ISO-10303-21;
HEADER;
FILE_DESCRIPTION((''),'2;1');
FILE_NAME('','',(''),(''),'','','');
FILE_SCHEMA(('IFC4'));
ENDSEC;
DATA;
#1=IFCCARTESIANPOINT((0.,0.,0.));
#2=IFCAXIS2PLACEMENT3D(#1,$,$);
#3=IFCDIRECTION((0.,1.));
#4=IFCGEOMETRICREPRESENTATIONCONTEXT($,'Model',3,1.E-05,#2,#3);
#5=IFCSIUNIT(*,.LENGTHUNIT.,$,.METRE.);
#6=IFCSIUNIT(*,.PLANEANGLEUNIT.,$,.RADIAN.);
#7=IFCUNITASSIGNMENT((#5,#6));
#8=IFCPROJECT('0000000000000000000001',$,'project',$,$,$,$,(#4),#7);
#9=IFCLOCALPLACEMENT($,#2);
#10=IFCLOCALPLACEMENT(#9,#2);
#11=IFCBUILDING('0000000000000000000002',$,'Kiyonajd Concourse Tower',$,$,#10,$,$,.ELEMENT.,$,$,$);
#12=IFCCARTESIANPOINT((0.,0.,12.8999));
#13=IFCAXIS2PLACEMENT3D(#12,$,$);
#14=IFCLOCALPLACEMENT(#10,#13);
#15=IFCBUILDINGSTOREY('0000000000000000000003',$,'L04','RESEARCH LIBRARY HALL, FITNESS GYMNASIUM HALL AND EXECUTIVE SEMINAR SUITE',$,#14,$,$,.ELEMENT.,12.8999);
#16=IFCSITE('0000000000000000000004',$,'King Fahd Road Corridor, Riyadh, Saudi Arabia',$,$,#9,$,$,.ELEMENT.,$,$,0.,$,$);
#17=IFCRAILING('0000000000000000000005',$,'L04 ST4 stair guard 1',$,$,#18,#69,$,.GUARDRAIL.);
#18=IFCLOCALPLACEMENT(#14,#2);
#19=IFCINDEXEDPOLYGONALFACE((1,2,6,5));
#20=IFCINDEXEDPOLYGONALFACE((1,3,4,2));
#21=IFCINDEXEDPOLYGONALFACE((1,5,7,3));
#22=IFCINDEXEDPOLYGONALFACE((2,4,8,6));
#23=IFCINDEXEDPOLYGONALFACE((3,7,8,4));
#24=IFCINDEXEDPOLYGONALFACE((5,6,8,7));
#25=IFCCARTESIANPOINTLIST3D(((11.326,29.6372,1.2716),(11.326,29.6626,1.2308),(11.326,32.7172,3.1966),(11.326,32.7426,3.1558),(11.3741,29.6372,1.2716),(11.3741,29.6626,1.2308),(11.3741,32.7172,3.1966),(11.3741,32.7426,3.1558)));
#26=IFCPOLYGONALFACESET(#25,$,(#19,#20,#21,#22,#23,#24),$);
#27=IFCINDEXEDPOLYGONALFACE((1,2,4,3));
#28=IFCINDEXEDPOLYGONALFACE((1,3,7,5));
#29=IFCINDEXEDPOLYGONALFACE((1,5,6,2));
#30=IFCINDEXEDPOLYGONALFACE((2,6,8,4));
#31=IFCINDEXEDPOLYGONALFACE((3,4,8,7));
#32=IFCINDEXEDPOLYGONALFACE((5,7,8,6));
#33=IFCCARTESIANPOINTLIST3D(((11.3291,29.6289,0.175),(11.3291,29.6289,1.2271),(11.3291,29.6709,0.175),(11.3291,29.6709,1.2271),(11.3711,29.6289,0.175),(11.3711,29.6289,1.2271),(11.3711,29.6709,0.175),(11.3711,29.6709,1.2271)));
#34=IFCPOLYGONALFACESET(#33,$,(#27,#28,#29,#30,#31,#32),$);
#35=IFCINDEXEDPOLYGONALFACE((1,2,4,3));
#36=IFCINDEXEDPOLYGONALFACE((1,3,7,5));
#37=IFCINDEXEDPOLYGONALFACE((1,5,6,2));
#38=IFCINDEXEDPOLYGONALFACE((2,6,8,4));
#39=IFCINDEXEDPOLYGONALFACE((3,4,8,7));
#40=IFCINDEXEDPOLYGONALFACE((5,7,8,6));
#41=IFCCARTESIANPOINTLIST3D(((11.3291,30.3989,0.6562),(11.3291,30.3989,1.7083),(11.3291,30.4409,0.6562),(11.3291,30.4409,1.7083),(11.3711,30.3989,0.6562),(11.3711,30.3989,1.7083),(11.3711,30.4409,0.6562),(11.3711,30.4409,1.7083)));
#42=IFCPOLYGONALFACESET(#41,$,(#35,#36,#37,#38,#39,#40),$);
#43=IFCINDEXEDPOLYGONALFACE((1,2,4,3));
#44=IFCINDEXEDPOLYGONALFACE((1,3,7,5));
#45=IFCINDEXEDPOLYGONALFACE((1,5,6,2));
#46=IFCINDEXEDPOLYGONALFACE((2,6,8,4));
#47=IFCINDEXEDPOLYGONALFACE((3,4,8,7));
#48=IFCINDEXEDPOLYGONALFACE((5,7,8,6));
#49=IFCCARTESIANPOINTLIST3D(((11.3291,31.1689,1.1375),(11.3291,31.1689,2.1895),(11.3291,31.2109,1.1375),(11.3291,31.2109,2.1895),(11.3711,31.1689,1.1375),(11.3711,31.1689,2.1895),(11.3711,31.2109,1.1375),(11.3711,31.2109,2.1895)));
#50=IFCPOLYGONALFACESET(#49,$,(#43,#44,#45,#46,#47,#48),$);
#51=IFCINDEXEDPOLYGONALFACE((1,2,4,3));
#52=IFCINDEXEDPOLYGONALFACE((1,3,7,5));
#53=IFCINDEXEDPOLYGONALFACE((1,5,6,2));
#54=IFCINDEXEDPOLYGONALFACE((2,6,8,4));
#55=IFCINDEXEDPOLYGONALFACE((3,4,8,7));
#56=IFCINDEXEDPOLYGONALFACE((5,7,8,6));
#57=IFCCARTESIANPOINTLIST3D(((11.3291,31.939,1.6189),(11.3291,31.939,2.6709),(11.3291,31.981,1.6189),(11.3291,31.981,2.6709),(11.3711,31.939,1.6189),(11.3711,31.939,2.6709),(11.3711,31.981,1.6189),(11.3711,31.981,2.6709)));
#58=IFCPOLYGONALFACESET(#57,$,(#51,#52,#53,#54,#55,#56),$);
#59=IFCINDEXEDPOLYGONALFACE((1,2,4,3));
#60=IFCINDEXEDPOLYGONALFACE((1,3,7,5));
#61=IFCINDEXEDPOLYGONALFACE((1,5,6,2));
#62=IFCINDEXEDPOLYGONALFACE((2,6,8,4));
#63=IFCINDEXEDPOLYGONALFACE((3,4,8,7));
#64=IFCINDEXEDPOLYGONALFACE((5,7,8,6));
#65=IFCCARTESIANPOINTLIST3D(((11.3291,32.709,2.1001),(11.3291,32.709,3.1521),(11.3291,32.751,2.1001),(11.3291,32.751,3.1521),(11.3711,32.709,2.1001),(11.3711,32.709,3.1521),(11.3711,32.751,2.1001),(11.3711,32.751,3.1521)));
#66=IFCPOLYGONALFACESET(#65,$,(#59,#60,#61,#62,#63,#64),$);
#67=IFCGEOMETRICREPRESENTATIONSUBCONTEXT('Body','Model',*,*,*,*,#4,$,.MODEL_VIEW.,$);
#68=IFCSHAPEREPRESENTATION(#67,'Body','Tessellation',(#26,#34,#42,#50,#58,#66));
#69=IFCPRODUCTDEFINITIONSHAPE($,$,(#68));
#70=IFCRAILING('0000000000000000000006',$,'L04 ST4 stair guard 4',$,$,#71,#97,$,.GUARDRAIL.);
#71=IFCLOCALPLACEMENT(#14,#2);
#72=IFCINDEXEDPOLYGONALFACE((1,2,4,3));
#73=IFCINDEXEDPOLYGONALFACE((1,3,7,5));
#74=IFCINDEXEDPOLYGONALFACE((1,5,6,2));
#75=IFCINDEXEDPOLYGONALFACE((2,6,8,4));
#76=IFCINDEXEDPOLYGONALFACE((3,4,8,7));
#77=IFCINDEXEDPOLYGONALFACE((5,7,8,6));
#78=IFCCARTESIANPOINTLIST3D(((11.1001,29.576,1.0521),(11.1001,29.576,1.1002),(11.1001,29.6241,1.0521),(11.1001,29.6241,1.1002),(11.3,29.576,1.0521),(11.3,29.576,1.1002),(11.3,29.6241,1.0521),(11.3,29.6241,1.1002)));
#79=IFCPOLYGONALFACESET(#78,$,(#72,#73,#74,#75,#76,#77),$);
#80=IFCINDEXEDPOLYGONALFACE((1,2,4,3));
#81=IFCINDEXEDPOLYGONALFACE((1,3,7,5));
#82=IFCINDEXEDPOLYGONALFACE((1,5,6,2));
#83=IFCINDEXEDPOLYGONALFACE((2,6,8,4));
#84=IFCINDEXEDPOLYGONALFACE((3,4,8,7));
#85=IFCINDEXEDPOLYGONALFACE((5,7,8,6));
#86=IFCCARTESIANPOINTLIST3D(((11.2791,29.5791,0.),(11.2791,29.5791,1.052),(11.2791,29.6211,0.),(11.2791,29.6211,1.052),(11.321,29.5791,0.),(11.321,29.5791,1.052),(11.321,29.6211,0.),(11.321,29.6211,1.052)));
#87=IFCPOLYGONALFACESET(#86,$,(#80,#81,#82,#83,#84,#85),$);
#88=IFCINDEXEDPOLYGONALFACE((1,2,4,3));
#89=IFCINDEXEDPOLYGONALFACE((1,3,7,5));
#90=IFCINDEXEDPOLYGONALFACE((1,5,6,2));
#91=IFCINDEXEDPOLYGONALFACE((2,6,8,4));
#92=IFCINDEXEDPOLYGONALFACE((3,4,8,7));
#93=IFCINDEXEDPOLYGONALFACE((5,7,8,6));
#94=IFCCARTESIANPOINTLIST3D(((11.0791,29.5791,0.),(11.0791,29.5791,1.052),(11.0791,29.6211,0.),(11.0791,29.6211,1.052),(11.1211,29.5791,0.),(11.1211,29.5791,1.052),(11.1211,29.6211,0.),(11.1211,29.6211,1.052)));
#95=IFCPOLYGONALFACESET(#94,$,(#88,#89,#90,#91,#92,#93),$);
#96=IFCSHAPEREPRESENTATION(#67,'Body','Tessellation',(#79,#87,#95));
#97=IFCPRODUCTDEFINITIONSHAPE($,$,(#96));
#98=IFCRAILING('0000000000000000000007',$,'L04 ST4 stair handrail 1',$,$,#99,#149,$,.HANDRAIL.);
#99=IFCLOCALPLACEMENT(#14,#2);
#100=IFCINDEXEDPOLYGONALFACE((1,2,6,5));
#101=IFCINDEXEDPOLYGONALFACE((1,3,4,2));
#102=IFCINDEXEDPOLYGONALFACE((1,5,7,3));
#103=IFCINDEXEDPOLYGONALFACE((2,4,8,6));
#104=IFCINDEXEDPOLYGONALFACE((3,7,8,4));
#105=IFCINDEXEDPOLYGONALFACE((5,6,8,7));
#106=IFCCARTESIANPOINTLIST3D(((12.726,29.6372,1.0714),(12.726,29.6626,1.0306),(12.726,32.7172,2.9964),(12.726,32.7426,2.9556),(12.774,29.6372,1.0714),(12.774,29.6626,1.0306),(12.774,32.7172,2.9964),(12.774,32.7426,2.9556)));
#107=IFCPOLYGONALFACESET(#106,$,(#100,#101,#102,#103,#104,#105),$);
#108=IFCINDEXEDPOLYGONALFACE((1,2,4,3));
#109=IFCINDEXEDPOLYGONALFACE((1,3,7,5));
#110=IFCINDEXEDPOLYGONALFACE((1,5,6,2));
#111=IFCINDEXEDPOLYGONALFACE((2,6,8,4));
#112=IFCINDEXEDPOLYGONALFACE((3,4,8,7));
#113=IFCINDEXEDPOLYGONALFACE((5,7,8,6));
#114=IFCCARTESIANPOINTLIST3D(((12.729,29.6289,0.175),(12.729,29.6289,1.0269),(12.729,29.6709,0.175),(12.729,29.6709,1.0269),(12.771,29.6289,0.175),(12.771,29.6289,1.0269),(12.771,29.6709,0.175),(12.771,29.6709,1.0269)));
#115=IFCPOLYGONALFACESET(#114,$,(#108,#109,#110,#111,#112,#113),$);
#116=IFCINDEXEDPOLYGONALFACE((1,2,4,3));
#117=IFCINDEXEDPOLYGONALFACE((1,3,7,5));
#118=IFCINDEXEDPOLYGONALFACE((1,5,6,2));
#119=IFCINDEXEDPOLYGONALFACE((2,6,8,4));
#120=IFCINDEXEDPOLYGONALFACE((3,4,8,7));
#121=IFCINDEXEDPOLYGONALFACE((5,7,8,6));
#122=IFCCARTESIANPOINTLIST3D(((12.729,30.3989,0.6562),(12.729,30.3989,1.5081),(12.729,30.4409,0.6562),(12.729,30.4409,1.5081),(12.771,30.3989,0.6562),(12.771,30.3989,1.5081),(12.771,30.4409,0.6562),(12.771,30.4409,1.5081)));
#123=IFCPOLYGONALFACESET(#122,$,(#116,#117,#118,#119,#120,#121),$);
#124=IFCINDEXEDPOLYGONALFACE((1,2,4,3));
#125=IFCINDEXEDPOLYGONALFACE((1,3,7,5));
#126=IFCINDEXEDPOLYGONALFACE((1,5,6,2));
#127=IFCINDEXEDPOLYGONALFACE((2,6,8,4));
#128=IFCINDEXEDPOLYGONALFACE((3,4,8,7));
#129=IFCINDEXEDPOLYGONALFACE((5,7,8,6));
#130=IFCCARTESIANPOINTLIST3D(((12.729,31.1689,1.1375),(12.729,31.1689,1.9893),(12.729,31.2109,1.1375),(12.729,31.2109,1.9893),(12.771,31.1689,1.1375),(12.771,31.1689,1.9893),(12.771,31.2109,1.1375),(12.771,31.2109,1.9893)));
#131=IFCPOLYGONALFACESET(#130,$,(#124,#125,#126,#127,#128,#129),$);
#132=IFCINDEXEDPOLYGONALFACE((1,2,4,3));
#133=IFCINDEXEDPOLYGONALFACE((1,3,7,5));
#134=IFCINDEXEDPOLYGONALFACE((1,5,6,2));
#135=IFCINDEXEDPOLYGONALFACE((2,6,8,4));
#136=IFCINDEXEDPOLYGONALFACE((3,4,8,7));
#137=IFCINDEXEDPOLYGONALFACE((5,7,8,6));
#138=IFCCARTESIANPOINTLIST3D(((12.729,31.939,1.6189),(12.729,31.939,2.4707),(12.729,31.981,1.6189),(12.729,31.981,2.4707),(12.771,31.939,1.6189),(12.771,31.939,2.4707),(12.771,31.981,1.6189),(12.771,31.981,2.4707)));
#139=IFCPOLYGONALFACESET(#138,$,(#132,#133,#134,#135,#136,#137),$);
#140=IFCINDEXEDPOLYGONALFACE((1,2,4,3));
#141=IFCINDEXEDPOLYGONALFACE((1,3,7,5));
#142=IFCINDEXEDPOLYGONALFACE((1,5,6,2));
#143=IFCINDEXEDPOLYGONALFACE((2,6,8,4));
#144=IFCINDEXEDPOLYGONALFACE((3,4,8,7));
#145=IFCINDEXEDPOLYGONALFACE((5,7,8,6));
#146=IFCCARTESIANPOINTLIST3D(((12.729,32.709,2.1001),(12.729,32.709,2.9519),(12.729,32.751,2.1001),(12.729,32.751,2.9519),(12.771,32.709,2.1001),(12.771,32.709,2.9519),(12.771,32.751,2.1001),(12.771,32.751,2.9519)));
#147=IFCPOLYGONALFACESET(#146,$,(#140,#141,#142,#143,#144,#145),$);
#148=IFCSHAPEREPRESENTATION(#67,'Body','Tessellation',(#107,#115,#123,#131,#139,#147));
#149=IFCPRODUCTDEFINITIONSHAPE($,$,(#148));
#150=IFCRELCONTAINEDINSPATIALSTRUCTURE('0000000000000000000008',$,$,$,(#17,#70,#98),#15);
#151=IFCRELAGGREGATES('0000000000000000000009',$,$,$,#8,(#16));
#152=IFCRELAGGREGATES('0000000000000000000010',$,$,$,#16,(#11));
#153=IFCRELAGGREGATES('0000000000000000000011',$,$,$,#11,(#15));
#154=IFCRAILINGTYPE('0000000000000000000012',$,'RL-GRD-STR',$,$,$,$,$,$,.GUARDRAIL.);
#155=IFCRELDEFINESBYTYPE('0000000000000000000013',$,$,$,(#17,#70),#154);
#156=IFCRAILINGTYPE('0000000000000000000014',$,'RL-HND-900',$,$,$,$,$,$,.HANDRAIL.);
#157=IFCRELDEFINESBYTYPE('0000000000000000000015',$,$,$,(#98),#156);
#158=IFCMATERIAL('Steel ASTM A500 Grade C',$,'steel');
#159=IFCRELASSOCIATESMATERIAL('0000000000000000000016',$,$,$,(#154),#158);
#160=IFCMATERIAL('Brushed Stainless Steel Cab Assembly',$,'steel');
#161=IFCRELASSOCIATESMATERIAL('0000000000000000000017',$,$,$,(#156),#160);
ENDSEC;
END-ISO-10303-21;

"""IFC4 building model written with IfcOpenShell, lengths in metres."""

from ifc_helpers import new_model, si_unit, direction, frame, origin, origin_2d, place, context, subcontext, project, spatial, rectangle, extrude, material, type_object, element, save


model = new_model("IFC4")

# Units and contexts
model_context = context("Model", 3, precision=1e-05, world=origin(), true_north=direction((0.0, 1.0)))
body_context = subcontext(model_context, "Body", "Model", "MODEL_VIEW")
ifc_project = project(units=[si_unit("LENGTHUNIT", "METRE"), si_unit("PLANEANGLEUNIT", "RADIAN")], contexts=[model_context])

# Site, building, storey
site_placement = place(None, origin())
site = spatial("IfcSite", under=ifc_project, at=site_placement, Name="King Fahd Road Corridor, Riyadh, Saudi Arabia", CompositionType="ELEMENT", RefElevation=0.0)
building_placement = place(site_placement, origin())
building = spatial("IfcBuilding", under=site, at=building_placement, Name="Kiyonajd Concourse Tower", CompositionType="ELEMENT")
storey_placement = place(building_placement, frame((0.0, 0.0, 12.8999)))
storey = spatial("IfcBuildingStorey", under=building, at=storey_placement, Name="L04", Description="RESEARCH LIBRARY HALL, FITNESS GYMNASIUM HALL AND EXECUTIVE SEMINAR SUITE", CompositionType="ELEMENT", Elevation=12.8999)

# Shared definitions
ifc_material_1 = material(Name="Brushed Stainless Steel Cab Assembly", Category="steel")

# Railings
ifc_material_2 = material(Name="Steel ASTM A500 Grade C", Category="steel")
railing_type_1 = type_object("IfcRailingType", Name="RL-GRD-STR", PredefinedType="GUARDRAIL", material=ifc_material_2)
railing_1_placement = place(storey_placement, frame((11.3501, 29.6499, 0.175)))
element("IfcRailing", 1, at=railing_1_placement, inside=storey, type_object=railing_type_1, Name="L04 ST4 stair guard 1", PredefinedType="GUARDRAIL", context=body_context, shape_type="SweptSolid", body=[
    extrude(rectangle(XDim=0.0481, YDim=0.0481, at=origin_2d()), frame((0.0, 0.0, 1.0762), z_axis=(0.0, 0.847998, 0.529999), x_axis=(-1.0, 0.0, 0.0)), (0.0, 0.0, 1.0), 3.6321),
    extrude(rectangle(XDim=0.042, YDim=0.042, at=origin_2d()), origin(), (0.0, 0.0, 1.0), 1.052),
    extrude(rectangle(XDim=0.042, YDim=0.042, at=origin_2d()), frame((0.0, 0.77, 0.4812)), (0.0, 0.0, 1.0), 1.052),
    extrude(rectangle(XDim=0.042, YDim=0.042, at=origin_2d()), frame((0.0, 1.54, 0.9624)), (0.0, 0.0, 1.0), 1.052),
    extrude(rectangle(XDim=0.042, YDim=0.042, at=origin_2d()), frame((0.0, 2.3101, 1.4438)), (0.0, 0.0, 1.0), 1.052),
    extrude(rectangle(XDim=0.042, YDim=0.042, at=origin_2d()), frame((0.0, 3.0801, 1.925)), (0.0, 0.0, 1.0), 1.052),
])
railing_2_placement = place(storey_placement, frame((11.3, 29.6001, 0.0)))
element("IfcRailing", 2, at=railing_2_placement, inside=storey, type_object=railing_type_1, Name="L04 ST4 stair guard 4", PredefinedType="GUARDRAIL", context=body_context, shape_type="SweptSolid", body=[
    extrude(rectangle(XDim=0.0481, YDim=0.0481, at=origin_2d()), frame((0.0, 0.0, 1.0762), z_axis=(-1.0, 0.0, 0.0), x_axis=(0.0, -1.0, 0.0)), (0.0, 0.0, 1.0), 0.2),
    extrude(rectangle(XDim=0.042, YDim=0.042, at=origin_2d()), origin(), (0.0, 0.0, 1.0), 1.052),
    extrude(rectangle(XDim=0.042, YDim=0.042, at=origin_2d()), frame((-0.2, 0.0, 0.0)), (0.0, 0.0, 1.0), 1.052),
])
railing_type_2 = type_object("IfcRailingType", Name="RL-HND-900", PredefinedType="HANDRAIL", material=ifc_material_1)
railing_3_placement = place(storey_placement, frame((12.75, 29.6499, 0.175)))
element("IfcRailing", 3, at=railing_3_placement, inside=storey, type_object=railing_type_2, Name="L04 ST4 stair handrail 1", PredefinedType="HANDRAIL", context=body_context, shape_type="SweptSolid", body=[
    extrude(rectangle(XDim=0.0481, YDim=0.0481, at=origin_2d()), frame((0.0, 0.0, 0.876), z_axis=(0.0, 0.847998, 0.529999), x_axis=(-1.0, 0.0, 0.0)), (0.0, 0.0, 1.0), 3.6321),
    extrude(rectangle(XDim=0.042, YDim=0.042, at=origin_2d()), origin(), (0.0, 0.0, 1.0), 0.8518),
    extrude(rectangle(XDim=0.042, YDim=0.042, at=origin_2d()), frame((0.0, 0.77, 0.4812)), (0.0, 0.0, 1.0), 0.8518),
    extrude(rectangle(XDim=0.042, YDim=0.042, at=origin_2d()), frame((0.0, 1.54, 0.9624)), (0.0, 0.0, 1.0), 0.8518),
    extrude(rectangle(XDim=0.042, YDim=0.042, at=origin_2d()), frame((0.0, 2.3101, 1.4438)), (0.0, 0.0, 1.0), 0.8518),
    extrude(rectangle(XDim=0.042, YDim=0.042, at=origin_2d()), frame((0.0, 3.0801, 1.925)), (0.0, 0.0, 1.0), 0.8518),
])

save(model, "model.ifc")
